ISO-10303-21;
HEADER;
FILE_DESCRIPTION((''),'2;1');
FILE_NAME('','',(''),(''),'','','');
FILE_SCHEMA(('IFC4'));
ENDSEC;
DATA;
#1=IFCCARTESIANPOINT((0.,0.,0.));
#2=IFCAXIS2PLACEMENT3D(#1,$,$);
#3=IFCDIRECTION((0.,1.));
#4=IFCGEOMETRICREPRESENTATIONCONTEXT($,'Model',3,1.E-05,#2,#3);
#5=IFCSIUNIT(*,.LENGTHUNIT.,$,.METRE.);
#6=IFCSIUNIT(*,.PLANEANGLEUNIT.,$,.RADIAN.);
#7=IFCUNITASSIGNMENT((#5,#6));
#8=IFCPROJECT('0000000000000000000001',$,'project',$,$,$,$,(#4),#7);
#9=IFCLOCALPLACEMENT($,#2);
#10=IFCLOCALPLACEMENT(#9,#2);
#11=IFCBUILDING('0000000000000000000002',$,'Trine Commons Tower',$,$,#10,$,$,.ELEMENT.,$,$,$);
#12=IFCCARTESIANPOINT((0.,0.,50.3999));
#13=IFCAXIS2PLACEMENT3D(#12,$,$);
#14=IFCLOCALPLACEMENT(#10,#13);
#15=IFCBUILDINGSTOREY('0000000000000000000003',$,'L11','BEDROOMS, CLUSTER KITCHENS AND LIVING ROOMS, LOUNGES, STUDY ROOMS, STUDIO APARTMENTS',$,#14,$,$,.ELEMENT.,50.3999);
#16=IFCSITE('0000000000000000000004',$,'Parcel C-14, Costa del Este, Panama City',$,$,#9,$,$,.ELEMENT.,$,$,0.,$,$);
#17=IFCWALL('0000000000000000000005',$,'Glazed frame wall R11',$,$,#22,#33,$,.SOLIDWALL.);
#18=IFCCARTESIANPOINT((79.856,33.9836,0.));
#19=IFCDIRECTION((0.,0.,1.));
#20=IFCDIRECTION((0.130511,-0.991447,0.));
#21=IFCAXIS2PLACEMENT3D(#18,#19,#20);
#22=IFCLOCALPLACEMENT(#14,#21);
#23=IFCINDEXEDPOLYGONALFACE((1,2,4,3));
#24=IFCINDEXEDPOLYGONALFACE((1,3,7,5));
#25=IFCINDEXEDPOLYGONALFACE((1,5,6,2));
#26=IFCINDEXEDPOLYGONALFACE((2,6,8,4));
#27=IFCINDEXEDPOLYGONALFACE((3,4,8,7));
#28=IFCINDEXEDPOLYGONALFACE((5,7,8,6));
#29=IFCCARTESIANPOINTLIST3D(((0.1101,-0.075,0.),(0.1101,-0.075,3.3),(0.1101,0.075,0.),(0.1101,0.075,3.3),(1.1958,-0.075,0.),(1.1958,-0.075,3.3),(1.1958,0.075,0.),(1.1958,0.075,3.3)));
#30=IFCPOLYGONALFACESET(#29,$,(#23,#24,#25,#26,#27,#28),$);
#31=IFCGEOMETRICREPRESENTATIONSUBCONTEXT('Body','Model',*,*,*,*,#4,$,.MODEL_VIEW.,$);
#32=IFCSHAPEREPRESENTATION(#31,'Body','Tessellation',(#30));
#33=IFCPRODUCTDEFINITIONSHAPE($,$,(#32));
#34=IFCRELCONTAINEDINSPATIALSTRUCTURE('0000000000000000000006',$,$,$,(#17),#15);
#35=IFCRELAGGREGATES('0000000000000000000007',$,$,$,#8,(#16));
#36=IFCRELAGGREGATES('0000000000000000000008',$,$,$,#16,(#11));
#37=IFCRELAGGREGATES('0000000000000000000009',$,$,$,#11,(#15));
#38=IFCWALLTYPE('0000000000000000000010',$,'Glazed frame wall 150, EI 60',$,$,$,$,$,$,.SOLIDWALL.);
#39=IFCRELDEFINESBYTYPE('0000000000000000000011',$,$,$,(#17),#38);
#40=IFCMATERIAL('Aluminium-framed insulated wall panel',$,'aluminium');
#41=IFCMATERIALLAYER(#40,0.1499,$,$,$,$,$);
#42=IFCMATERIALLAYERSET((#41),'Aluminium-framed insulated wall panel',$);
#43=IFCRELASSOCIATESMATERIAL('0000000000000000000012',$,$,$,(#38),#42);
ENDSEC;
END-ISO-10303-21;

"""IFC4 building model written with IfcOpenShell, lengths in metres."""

from ifc_helpers import new_model, si_unit, direction, frame, origin, place, context, subcontext, project, spatial, polyline, outline, extrude, material, layer, layer_set, type_object, element, save


model = new_model("IFC4")

# Units and contexts
model_context = context("Model", 3, precision=1e-05, world=origin(), true_north=direction((0.0, 1.0)))
body_context = subcontext(model_context, "Body", "Model", "MODEL_VIEW")
ifc_project = project(units=[si_unit("LENGTHUNIT", "METRE"), si_unit("PLANEANGLEUNIT", "RADIAN")], contexts=[model_context])

# Site, building, storey
site_placement = place(None, origin())
site = spatial("IfcSite", under=ifc_project, at=site_placement, Name="Parcel C-14, Costa del Este, Panama City", CompositionType="ELEMENT", RefElevation=0.0)
building_placement = place(site_placement, origin())
building = spatial("IfcBuilding", under=site, at=building_placement, Name="Trine Commons Tower", CompositionType="ELEMENT")
storey_placement = place(building_placement, frame((0.0, 0.0, 50.3999)))
storey = spatial("IfcBuildingStorey", under=building, at=storey_placement, Name="L11", Description="BEDROOMS, CLUSTER KITCHENS AND LIVING ROOMS, LOUNGES, STUDY ROOMS, STUDIO APARTMENTS", CompositionType="ELEMENT", Elevation=50.3999)

# Wall
ifc_material_1 = material(Name="Aluminium-framed insulated wall panel", Category="aluminium")
ifc_layer_1 = layer(ifc_material_1, 0.1499)
ifc_layer_set_1 = layer_set([ifc_layer_1], Name="Aluminium-framed insulated wall panel")
wall_type_1 = type_object("IfcWallType", Name="Glazed frame wall 150, EI 60", PredefinedType="SOLIDWALL", material=ifc_layer_set_1)
wall_1_placement = place(storey_placement, frame((79.856, 33.9836, 0.0), z_axis=(0.0, 0.0, 1.0), x_axis=(0.130511, -0.991447, 0.0)))
element("IfcWall", 1, at=wall_1_placement, inside=storey, type_object=wall_type_1, Name="Glazed frame wall R11", PredefinedType="SOLIDWALL", context=body_context, shape_type="SweptSolid", body=[
    extrude(outline(polyline([(0.1101, 0.075), (0.1101, -0.075), (1.1958, -0.075), (1.1958, 0.075), (0.1101, 0.075)])), origin(), (0.0, 0.0, 1.0), 3.3),
])

save(model, "model.ifc")
